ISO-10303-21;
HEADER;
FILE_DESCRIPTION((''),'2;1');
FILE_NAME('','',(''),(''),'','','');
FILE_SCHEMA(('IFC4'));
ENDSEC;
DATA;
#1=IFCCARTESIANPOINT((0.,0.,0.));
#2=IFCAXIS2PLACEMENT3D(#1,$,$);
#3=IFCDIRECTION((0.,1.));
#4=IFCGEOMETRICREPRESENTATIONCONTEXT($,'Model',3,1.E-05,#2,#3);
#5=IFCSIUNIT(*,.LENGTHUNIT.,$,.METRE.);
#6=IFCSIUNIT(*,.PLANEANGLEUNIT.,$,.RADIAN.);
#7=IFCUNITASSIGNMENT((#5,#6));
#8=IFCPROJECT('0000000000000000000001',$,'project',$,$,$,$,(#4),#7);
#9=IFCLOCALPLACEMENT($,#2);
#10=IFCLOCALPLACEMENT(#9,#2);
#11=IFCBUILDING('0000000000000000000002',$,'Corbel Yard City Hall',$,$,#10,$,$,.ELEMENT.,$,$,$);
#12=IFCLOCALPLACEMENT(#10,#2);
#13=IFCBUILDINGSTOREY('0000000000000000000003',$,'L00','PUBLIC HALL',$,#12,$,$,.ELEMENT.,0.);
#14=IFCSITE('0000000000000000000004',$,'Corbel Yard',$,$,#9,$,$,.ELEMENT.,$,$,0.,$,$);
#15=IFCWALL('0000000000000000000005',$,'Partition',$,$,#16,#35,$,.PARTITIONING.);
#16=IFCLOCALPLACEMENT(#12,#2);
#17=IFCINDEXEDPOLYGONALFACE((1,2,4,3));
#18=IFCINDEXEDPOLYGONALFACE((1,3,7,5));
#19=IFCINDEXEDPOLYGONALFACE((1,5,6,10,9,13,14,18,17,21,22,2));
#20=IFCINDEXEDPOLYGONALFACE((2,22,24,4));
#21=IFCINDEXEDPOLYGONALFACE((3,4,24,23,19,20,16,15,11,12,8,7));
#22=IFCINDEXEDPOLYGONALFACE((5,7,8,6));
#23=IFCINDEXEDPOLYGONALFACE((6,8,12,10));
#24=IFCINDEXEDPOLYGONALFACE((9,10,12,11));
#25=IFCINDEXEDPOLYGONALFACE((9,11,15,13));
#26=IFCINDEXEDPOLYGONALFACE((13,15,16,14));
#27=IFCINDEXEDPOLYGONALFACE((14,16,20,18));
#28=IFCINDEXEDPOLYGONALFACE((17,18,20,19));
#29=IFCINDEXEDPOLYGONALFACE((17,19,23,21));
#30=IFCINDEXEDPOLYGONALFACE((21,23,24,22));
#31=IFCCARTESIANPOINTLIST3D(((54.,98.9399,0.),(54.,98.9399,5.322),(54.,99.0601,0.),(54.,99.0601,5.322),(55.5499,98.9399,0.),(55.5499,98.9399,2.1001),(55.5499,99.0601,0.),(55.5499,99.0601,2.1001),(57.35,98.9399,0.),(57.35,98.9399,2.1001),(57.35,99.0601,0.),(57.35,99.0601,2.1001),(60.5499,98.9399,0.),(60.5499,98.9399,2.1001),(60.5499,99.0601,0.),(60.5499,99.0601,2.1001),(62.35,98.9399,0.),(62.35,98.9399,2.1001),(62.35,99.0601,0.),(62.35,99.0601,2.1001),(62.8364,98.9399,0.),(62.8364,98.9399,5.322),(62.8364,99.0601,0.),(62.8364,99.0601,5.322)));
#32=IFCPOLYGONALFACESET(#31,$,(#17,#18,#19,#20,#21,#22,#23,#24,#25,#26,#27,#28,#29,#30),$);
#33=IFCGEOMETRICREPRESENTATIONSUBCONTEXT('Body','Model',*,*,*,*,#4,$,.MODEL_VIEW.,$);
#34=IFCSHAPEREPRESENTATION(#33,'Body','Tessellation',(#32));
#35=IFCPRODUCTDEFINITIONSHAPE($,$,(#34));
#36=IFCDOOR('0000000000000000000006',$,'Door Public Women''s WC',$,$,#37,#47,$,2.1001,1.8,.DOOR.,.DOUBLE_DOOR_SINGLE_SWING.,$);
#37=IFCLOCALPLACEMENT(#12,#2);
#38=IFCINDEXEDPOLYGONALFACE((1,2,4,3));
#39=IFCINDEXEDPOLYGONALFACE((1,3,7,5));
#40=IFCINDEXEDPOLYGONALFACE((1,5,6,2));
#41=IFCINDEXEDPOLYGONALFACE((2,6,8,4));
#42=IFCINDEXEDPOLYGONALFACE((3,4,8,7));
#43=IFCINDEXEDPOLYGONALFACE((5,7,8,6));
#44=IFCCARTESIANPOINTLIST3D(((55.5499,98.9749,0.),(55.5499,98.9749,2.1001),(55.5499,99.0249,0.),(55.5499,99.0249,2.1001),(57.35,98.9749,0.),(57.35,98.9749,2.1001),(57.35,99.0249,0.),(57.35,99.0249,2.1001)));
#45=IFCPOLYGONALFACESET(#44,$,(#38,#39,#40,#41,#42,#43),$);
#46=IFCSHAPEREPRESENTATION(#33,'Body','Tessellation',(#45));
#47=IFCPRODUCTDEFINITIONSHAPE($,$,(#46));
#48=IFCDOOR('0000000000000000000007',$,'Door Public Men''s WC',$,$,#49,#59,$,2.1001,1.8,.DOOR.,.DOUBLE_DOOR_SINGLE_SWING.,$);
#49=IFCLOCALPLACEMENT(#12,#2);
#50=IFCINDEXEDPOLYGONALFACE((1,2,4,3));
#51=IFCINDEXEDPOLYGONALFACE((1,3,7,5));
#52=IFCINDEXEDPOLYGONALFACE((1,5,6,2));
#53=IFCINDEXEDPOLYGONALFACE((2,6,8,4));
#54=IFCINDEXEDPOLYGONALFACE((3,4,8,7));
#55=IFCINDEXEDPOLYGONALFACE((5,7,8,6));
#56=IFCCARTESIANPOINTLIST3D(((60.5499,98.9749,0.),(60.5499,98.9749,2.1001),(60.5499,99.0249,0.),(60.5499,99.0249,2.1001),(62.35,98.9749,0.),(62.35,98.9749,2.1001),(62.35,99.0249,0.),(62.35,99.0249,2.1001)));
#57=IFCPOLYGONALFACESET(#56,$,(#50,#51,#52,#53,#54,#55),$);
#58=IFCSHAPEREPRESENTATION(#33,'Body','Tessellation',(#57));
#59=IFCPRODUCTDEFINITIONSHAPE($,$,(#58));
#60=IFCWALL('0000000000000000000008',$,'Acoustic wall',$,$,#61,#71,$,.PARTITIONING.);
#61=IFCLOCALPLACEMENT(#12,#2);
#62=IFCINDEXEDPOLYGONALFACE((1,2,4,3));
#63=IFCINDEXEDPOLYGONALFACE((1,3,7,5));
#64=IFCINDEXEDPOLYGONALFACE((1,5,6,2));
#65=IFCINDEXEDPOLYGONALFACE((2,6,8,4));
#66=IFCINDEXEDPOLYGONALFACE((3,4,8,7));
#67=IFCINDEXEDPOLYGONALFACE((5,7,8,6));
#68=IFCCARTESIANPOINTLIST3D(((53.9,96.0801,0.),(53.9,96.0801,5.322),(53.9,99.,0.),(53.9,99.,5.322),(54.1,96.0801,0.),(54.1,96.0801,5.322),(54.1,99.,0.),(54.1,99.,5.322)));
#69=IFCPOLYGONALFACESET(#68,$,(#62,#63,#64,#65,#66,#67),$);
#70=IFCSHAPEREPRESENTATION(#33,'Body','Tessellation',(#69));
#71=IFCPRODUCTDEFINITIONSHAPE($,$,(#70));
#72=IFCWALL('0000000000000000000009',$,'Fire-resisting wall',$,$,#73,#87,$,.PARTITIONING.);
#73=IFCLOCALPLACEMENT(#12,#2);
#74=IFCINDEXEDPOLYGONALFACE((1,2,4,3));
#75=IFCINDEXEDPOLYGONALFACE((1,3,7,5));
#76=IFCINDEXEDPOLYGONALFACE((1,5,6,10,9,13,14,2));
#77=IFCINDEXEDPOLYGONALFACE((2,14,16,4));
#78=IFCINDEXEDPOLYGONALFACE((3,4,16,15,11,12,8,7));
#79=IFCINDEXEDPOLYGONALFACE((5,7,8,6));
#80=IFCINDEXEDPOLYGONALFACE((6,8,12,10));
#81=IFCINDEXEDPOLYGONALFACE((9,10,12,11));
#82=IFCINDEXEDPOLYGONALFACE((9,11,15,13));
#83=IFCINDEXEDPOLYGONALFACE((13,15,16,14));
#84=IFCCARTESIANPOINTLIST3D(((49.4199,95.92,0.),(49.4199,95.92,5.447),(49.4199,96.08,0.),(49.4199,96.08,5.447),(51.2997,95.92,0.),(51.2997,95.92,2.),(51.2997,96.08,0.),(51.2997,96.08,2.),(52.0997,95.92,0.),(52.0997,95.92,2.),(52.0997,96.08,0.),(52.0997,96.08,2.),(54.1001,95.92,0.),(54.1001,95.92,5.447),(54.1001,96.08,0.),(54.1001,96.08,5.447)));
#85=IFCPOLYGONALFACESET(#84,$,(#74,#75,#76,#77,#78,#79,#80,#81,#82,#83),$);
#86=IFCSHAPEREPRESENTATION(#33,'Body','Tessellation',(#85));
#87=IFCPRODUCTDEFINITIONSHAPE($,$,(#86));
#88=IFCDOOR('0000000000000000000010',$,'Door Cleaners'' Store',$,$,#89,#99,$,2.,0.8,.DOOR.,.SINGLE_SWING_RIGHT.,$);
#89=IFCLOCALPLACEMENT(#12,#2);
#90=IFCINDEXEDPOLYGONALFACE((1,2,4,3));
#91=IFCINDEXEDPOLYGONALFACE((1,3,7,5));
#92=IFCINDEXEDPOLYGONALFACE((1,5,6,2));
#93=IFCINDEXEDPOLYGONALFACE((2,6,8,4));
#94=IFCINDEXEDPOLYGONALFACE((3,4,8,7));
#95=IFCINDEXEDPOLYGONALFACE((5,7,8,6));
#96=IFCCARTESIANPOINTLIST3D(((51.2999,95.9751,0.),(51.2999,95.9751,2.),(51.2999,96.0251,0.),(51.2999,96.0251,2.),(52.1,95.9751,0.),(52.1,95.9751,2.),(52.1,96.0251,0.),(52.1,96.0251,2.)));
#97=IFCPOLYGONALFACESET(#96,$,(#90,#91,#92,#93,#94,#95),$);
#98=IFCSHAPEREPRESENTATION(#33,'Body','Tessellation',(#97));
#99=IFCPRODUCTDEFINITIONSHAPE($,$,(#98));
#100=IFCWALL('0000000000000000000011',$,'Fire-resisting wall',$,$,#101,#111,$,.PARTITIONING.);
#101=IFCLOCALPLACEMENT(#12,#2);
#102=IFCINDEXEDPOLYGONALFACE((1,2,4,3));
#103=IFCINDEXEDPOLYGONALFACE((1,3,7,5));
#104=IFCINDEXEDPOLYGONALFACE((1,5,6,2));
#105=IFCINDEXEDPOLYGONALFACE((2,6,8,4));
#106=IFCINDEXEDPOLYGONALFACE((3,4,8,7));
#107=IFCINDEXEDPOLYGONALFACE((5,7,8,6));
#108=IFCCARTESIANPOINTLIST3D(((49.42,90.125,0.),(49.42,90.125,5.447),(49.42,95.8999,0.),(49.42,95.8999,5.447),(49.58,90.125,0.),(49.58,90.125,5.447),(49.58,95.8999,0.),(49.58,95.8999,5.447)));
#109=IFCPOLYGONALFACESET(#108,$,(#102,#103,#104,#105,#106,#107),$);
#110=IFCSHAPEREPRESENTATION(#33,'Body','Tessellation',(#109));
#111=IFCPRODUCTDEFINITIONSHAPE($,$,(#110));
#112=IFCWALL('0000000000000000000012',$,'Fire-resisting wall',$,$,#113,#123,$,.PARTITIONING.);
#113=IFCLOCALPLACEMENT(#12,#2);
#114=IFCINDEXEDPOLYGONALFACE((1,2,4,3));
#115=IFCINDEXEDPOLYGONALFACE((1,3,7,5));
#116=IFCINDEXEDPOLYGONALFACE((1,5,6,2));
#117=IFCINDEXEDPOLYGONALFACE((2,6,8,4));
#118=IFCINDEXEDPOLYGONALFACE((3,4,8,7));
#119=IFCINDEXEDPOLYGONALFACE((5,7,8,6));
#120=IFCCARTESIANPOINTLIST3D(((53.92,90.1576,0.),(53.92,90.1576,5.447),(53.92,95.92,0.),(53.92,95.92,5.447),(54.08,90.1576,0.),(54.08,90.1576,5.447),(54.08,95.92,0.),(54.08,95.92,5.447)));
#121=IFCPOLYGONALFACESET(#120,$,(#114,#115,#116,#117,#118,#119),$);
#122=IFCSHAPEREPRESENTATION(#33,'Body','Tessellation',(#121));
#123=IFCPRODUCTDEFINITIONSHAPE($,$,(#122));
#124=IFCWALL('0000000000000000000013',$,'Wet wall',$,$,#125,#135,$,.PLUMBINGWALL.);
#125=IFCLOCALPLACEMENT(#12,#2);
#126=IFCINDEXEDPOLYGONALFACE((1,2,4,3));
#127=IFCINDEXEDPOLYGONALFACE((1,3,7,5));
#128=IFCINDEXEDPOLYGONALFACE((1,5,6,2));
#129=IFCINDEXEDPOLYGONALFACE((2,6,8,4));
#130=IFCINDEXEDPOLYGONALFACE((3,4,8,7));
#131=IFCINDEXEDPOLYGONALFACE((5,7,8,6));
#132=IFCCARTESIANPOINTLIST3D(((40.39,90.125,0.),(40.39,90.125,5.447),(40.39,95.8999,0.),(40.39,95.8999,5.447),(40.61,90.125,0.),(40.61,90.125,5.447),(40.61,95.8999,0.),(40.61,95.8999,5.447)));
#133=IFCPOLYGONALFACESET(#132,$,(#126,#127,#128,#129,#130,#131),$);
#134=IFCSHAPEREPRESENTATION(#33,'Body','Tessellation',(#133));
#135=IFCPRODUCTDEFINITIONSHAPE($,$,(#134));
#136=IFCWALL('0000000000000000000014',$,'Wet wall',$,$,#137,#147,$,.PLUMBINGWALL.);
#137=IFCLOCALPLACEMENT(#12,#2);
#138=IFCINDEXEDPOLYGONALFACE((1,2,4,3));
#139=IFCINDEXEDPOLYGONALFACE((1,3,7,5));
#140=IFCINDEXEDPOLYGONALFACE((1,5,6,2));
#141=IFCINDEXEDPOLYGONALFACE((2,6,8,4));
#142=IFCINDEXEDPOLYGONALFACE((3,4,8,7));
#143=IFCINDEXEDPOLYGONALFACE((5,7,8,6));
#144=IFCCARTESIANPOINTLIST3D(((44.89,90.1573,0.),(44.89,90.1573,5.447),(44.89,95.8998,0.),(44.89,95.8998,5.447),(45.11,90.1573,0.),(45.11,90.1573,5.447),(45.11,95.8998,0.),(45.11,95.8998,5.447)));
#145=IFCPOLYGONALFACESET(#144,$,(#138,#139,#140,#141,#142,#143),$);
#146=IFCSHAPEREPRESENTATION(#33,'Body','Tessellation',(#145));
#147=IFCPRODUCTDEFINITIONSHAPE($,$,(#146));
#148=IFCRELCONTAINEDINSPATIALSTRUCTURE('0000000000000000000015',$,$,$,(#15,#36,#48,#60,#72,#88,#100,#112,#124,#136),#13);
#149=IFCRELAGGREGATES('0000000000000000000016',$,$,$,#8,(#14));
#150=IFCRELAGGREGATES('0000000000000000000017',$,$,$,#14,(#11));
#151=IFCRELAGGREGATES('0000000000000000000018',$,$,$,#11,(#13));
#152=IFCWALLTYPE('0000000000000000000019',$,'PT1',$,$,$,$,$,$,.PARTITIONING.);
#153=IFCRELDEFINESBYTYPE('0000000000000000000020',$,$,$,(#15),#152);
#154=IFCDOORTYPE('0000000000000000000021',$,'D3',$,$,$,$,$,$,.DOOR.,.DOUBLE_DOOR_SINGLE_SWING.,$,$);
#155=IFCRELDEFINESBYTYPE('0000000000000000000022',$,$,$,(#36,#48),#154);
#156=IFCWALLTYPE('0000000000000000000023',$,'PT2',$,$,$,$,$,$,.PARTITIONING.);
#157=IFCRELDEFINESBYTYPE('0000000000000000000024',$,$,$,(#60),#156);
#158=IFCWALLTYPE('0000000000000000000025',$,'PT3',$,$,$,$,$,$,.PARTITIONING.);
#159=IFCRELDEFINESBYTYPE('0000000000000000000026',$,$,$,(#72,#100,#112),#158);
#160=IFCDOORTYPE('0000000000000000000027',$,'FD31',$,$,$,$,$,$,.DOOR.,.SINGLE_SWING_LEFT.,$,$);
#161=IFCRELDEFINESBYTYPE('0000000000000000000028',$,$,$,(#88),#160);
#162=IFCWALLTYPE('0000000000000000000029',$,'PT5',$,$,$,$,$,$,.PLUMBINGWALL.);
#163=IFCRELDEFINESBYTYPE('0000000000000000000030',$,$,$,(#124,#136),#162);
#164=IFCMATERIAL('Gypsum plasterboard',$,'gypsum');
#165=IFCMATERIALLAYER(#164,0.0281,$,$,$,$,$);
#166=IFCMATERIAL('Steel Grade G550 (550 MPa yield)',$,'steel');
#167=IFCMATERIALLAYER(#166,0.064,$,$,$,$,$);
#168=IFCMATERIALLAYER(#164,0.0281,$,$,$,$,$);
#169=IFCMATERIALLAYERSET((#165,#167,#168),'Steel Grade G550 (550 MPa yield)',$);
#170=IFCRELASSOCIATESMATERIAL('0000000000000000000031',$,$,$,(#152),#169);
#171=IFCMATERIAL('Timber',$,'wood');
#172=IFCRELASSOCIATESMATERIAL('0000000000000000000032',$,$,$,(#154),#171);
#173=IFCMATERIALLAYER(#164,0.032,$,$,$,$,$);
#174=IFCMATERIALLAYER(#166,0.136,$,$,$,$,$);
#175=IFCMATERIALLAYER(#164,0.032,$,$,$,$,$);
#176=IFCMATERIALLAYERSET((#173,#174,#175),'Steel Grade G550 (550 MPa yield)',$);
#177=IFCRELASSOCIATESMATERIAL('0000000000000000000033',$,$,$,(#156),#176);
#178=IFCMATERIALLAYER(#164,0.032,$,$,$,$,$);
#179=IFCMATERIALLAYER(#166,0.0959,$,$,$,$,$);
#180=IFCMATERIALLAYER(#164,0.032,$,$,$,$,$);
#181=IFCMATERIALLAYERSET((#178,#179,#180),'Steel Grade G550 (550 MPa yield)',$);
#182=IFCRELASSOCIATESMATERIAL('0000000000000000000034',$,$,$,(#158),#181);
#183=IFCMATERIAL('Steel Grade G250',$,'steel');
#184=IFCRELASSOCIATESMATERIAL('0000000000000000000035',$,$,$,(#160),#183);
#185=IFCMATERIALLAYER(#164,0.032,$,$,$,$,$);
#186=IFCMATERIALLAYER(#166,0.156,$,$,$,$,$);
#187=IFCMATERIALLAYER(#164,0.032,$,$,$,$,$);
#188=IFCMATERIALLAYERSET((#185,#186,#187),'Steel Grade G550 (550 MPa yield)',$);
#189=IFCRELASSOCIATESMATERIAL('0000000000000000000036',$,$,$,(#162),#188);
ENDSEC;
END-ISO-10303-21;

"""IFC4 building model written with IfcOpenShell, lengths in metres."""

from ifc_helpers import new_model, si_unit, direction, frame, frame_2d, origin, place, context, subcontext, project, spatial, rectangle, extrude, material, layer, layer_set, type_object, element, fill, save


model = new_model("IFC4")

# Units and contexts
model_context = context("Model", 3, precision=1e-05, world=origin(), true_north=direction((0.0, 1.0)))
body_context = subcontext(model_context, "Body", "Model", "MODEL_VIEW")
ifc_project = project(units=[si_unit("LENGTHUNIT", "METRE"), si_unit("PLANEANGLEUNIT", "RADIAN")], contexts=[model_context])

# Site, building, storey
site_placement = place(None, origin())
site = spatial("IfcSite", under=ifc_project, at=site_placement, Name="Corbel Yard", CompositionType="ELEMENT", RefElevation=0.0)
building_placement = place(site_placement, origin())
building = spatial("IfcBuilding", under=site, at=building_placement, Name="Corbel Yard City Hall", CompositionType="ELEMENT")
storey_placement = place(building_placement, origin())
storey = spatial("IfcBuildingStorey", under=building, at=storey_placement, Name="L00", Description="PUBLIC HALL", CompositionType="ELEMENT", Elevation=0.0)

# Wall, openings, doors
ifc_material_1 = material(Name="Gypsum plasterboard", Category="gypsum")
ifc_layer_1 = layer(ifc_material_1, 0.0281)
ifc_material_2 = material(Name="Steel Grade G550 (550 MPa yield)", Category="steel")
ifc_layer_2 = layer(ifc_material_2, 0.064)
ifc_layer_3 = layer(ifc_material_1, 0.0281)
ifc_layer_set_1 = layer_set([ifc_layer_1, ifc_layer_2, ifc_layer_3], Name="Steel Grade G550 (550 MPa yield)")
wall_type_1 = type_object("IfcWallType", Name="PT1", PredefinedType="PARTITIONING", material=ifc_layer_set_1)
wall_1_placement = place(storey_placement, frame((54.0, 99.0, 0.0), z_axis=(0.0, 0.0, 1.0), x_axis=(1.0, 0.0, 0.0)))
wall_1 = element("IfcWall", 1, at=wall_1_placement, inside=storey, type_object=wall_type_1, Name="Partition", PredefinedType="PARTITIONING", context=body_context, shape_type="SweptSolid", body=[
    extrude(rectangle(XDim=8.8364, YDim=0.1201, at=frame_2d((4.4182, 0.0))), origin(), (0.0, 0.0, 1.0), 5.322),
])
opening_1_placement = place(wall_1_placement, frame((1.55, 0.0, 0.0)))
opening_1 = element("IfcOpeningElement", 2, at=opening_1_placement, cuts=wall_1, PredefinedType="OPENING", context=body_context, shape_type="SweptSolid", body=[
    extrude(rectangle(XDim=1.8, YDim=2.1001, at=frame_2d((0.8999, 1.05))), frame((0.0, 0.0701, 0.0), z_axis=(0.0, -1.0, 0.0), x_axis=(1.0, 0.0, 0.0)), (0.0, 0.0, 1.0), 0.1401),
])
opening_2_placement = place(wall_1_placement, frame((6.55, 0.0, 0.0)))
opening_2 = element("IfcOpeningElement", 3, at=opening_2_placement, cuts=wall_1, PredefinedType="OPENING", context=body_context, shape_type="SweptSolid", body=[
    extrude(rectangle(XDim=1.8, YDim=2.1001, at=frame_2d((0.8999, 1.05))), frame((0.0, 0.0701, 0.0), z_axis=(0.0, -1.0, 0.0), x_axis=(1.0, 0.0, 0.0)), (0.0, 0.0, 1.0), 0.1401),
])
ifc_material_3 = material(Name="Timber", Category="wood")
door_type_1 = type_object("IfcDoorType", Name="D3", OperationType="DOUBLE_DOOR_SINGLE_SWING", PredefinedType="DOOR", material=ifc_material_3)
door_1_placement = place(opening_1_placement, origin())
door_1 = element("IfcDoor", 4, at=door_1_placement, inside=storey, type_object=door_type_1, Name="Door Public Women's WC", OperationType="DOUBLE_DOOR_SINGLE_SWING", OverallHeight=2.1001, OverallWidth=1.8, PredefinedType="DOOR", context=body_context, shape_type="SweptSolid", body=[
    extrude(rectangle(XDim=1.8, YDim=2.1001, at=frame_2d((0.8999, 1.05))), frame((0.0, 0.0249, 0.0), z_axis=(0.0, -1.0, 0.0), x_axis=(1.0, 0.0, 0.0)), (0.0, 0.0, 1.0), 0.05),
])
fill(opening_1, door_1)
door_2_placement = place(opening_2_placement, origin())
door_2 = element("IfcDoor", 5, at=door_2_placement, inside=storey, type_object=door_type_1, Name="Door Public Men's WC", OperationType="DOUBLE_DOOR_SINGLE_SWING", OverallHeight=2.1001, OverallWidth=1.8, PredefinedType="DOOR", context=body_context, shape_type="SweptSolid", body=[
    extrude(rectangle(XDim=1.8, YDim=2.1001, at=frame_2d((0.8999, 1.05))), frame((0.0, 0.0249, 0.0), z_axis=(0.0, -1.0, 0.0), x_axis=(1.0, 0.0, 0.0)), (0.0, 0.0, 1.0), 0.05),
])
fill(opening_2, door_2)

# Wall
ifc_layer_4 = layer(ifc_material_1, 0.032)
ifc_layer_5 = layer(ifc_material_2, 0.136)
ifc_layer_6 = layer(ifc_material_1, 0.032)
ifc_layer_set_2 = layer_set([ifc_layer_4, ifc_layer_5, ifc_layer_6], Name="Steel Grade G550 (550 MPa yield)")
wall_type_2 = type_object("IfcWallType", Name="PT2", PredefinedType="PARTITIONING", material=ifc_layer_set_2)
wall_2_placement = place(storey_placement, frame((54.0, 96.0801, 0.0), z_axis=(0.0, 0.0, 1.0), x_axis=(0.0, 1.0, 0.0)))
element("IfcWall", 6, at=wall_2_placement, inside=storey, type_object=wall_type_2, Name="Acoustic wall", PredefinedType="PARTITIONING", context=body_context, shape_type="SweptSolid", body=[
    extrude(rectangle(XDim=2.9199, YDim=0.2, at=frame_2d((1.46, 0.0))), origin(), (0.0, 0.0, 1.0), 5.322),
])

# Wall, opening, door
ifc_layer_7 = layer(ifc_material_1, 0.032)
ifc_layer_8 = layer(ifc_material_2, 0.0959)
ifc_layer_9 = layer(ifc_material_1, 0.032)
ifc_layer_set_3 = layer_set([ifc_layer_7, ifc_layer_8, ifc_layer_9], Name="Steel Grade G550 (550 MPa yield)")
wall_type_3 = type_object("IfcWallType", Name="PT3", PredefinedType="PARTITIONING", material=ifc_layer_set_3)
wall_3_placement = place(storey_placement, frame((49.4199, 96.0, 0.0), z_axis=(0.0, 0.0, 1.0), x_axis=(1.0, 0.0, 0.0)))
wall_3 = element("IfcWall", 7, at=wall_3_placement, inside=storey, type_object=wall_type_3, Name="Fire-resisting wall", PredefinedType="PARTITIONING", context=body_context, shape_type="SweptSolid", body=[
    extrude(rectangle(XDim=4.6802, YDim=0.1599, at=frame_2d((2.3401, 0.0))), origin(), (0.0, 0.0, 1.0), 5.447),
])
opening_3_placement = place(wall_3_placement, frame((1.8799, 0.0, 0.0)))
opening_3 = element("IfcOpeningElement", 8, at=opening_3_placement, cuts=wall_3, PredefinedType="OPENING", context=body_context, shape_type="SweptSolid", body=[
    extrude(rectangle(XDim=0.8, YDim=2.0, at=frame_2d((0.3999, 1.0))), frame((0.0, 0.0898, 0.0), z_axis=(0.0, -1.0, 0.0), x_axis=(1.0, 0.0, 0.0)), (0.0, 0.0, 1.0), 0.1799),
])
ifc_material_4 = material(Name="Steel Grade G250", Category="steel")
door_type_2 = type_object("IfcDoorType", Name="FD31", OperationType="SINGLE_SWING_LEFT", PredefinedType="DOOR", material=ifc_material_4)
door_3_placement = place(opening_3_placement, frame((0.8, 0.0, 0.0), z_axis=(0.0, 0.0, 1.0), x_axis=(-1.0, 0.0, 0.0)))
door_3 = element("IfcDoor", 9, at=door_3_placement, inside=storey, type_object=door_type_2, Name="Door Cleaners' Store", OperationType="SINGLE_SWING_RIGHT", OverallHeight=2.0, OverallWidth=0.8, PredefinedType="DOOR", context=body_context, shape_type="SweptSolid", body=[
    extrude(rectangle(XDim=0.8, YDim=2.0, at=frame_2d((0.3999, 1.0))), frame((0.0, 0.0249, 0.0), z_axis=(0.0, -1.0, 0.0), x_axis=(1.0, 0.0, 0.0)), (0.0, 0.0, 1.0), 0.05),
])
fill(opening_3, door_3)

# Walls
wall_4_placement = place(storey_placement, frame((49.5, 90.125, 0.0), z_axis=(0.0, 0.0, 1.0), x_axis=(0.0, 1.0, 0.0)))
element("IfcWall", 10, at=wall_4_placement, inside=storey, type_object=wall_type_3, Name="Fire-resisting wall", PredefinedType="PARTITIONING", context=body_context, shape_type="SweptSolid", body=[
    extrude(rectangle(XDim=5.7749, YDim=0.1599, at=frame_2d((2.8875, 0.0))), origin(), (0.0, 0.0, 1.0), 5.447),
])
wall_5_placement = place(storey_placement, frame((54.0, 90.1575, 0.0), z_axis=(0.0, 0.0, 1.0), x_axis=(0.0, 1.0, 0.0)))
element("IfcWall", 11, at=wall_5_placement, inside=storey, type_object=wall_type_3, Name="Fire-resisting wall", PredefinedType="PARTITIONING", context=body_context, shape_type="SweptSolid", body=[
    extrude(rectangle(XDim=5.7625, YDim=0.1599, at=frame_2d((2.8813, 0.0))), origin(), (0.0, 0.0, 1.0), 5.447),
])
ifc_layer_10 = layer(ifc_material_1, 0.032)
ifc_layer_11 = layer(ifc_material_2, 0.156)
ifc_layer_12 = layer(ifc_material_1, 0.032)
ifc_layer_set_4 = layer_set([ifc_layer_10, ifc_layer_11, ifc_layer_12], Name="Steel Grade G550 (550 MPa yield)")
wall_type_4 = type_object("IfcWallType", Name="PT5", PredefinedType="PLUMBINGWALL", material=ifc_layer_set_4)
wall_6_placement = place(storey_placement, frame((40.5, 90.125, 0.0), z_axis=(0.0, 0.0, 1.0), x_axis=(0.0, 1.0, 0.0)))
element("IfcWall", 12, at=wall_6_placement, inside=storey, type_object=wall_type_4, Name="Wet wall", PredefinedType="PLUMBINGWALL", context=body_context, shape_type="SweptSolid", body=[
    extrude(rectangle(XDim=5.7749, YDim=0.22, at=frame_2d((2.8875, 0.0))), origin(), (0.0, 0.0, 1.0), 5.447),
])
wall_7_placement = place(storey_placement, frame((45.0, 90.1575, 0.0), z_axis=(0.0, 0.0, 1.0), x_axis=(0.0, 1.0, 0.0)))
element("IfcWall", 13, at=wall_7_placement, inside=storey, type_object=wall_type_4, Name="Wet wall", PredefinedType="PLUMBINGWALL", context=body_context, shape_type="SweptSolid", body=[
    extrude(rectangle(XDim=5.7424, YDim=0.22, at=frame_2d((2.8711, 0.0))), origin(), (0.0, 0.0, 1.0), 5.447),
])

save(model, "model.ifc")
